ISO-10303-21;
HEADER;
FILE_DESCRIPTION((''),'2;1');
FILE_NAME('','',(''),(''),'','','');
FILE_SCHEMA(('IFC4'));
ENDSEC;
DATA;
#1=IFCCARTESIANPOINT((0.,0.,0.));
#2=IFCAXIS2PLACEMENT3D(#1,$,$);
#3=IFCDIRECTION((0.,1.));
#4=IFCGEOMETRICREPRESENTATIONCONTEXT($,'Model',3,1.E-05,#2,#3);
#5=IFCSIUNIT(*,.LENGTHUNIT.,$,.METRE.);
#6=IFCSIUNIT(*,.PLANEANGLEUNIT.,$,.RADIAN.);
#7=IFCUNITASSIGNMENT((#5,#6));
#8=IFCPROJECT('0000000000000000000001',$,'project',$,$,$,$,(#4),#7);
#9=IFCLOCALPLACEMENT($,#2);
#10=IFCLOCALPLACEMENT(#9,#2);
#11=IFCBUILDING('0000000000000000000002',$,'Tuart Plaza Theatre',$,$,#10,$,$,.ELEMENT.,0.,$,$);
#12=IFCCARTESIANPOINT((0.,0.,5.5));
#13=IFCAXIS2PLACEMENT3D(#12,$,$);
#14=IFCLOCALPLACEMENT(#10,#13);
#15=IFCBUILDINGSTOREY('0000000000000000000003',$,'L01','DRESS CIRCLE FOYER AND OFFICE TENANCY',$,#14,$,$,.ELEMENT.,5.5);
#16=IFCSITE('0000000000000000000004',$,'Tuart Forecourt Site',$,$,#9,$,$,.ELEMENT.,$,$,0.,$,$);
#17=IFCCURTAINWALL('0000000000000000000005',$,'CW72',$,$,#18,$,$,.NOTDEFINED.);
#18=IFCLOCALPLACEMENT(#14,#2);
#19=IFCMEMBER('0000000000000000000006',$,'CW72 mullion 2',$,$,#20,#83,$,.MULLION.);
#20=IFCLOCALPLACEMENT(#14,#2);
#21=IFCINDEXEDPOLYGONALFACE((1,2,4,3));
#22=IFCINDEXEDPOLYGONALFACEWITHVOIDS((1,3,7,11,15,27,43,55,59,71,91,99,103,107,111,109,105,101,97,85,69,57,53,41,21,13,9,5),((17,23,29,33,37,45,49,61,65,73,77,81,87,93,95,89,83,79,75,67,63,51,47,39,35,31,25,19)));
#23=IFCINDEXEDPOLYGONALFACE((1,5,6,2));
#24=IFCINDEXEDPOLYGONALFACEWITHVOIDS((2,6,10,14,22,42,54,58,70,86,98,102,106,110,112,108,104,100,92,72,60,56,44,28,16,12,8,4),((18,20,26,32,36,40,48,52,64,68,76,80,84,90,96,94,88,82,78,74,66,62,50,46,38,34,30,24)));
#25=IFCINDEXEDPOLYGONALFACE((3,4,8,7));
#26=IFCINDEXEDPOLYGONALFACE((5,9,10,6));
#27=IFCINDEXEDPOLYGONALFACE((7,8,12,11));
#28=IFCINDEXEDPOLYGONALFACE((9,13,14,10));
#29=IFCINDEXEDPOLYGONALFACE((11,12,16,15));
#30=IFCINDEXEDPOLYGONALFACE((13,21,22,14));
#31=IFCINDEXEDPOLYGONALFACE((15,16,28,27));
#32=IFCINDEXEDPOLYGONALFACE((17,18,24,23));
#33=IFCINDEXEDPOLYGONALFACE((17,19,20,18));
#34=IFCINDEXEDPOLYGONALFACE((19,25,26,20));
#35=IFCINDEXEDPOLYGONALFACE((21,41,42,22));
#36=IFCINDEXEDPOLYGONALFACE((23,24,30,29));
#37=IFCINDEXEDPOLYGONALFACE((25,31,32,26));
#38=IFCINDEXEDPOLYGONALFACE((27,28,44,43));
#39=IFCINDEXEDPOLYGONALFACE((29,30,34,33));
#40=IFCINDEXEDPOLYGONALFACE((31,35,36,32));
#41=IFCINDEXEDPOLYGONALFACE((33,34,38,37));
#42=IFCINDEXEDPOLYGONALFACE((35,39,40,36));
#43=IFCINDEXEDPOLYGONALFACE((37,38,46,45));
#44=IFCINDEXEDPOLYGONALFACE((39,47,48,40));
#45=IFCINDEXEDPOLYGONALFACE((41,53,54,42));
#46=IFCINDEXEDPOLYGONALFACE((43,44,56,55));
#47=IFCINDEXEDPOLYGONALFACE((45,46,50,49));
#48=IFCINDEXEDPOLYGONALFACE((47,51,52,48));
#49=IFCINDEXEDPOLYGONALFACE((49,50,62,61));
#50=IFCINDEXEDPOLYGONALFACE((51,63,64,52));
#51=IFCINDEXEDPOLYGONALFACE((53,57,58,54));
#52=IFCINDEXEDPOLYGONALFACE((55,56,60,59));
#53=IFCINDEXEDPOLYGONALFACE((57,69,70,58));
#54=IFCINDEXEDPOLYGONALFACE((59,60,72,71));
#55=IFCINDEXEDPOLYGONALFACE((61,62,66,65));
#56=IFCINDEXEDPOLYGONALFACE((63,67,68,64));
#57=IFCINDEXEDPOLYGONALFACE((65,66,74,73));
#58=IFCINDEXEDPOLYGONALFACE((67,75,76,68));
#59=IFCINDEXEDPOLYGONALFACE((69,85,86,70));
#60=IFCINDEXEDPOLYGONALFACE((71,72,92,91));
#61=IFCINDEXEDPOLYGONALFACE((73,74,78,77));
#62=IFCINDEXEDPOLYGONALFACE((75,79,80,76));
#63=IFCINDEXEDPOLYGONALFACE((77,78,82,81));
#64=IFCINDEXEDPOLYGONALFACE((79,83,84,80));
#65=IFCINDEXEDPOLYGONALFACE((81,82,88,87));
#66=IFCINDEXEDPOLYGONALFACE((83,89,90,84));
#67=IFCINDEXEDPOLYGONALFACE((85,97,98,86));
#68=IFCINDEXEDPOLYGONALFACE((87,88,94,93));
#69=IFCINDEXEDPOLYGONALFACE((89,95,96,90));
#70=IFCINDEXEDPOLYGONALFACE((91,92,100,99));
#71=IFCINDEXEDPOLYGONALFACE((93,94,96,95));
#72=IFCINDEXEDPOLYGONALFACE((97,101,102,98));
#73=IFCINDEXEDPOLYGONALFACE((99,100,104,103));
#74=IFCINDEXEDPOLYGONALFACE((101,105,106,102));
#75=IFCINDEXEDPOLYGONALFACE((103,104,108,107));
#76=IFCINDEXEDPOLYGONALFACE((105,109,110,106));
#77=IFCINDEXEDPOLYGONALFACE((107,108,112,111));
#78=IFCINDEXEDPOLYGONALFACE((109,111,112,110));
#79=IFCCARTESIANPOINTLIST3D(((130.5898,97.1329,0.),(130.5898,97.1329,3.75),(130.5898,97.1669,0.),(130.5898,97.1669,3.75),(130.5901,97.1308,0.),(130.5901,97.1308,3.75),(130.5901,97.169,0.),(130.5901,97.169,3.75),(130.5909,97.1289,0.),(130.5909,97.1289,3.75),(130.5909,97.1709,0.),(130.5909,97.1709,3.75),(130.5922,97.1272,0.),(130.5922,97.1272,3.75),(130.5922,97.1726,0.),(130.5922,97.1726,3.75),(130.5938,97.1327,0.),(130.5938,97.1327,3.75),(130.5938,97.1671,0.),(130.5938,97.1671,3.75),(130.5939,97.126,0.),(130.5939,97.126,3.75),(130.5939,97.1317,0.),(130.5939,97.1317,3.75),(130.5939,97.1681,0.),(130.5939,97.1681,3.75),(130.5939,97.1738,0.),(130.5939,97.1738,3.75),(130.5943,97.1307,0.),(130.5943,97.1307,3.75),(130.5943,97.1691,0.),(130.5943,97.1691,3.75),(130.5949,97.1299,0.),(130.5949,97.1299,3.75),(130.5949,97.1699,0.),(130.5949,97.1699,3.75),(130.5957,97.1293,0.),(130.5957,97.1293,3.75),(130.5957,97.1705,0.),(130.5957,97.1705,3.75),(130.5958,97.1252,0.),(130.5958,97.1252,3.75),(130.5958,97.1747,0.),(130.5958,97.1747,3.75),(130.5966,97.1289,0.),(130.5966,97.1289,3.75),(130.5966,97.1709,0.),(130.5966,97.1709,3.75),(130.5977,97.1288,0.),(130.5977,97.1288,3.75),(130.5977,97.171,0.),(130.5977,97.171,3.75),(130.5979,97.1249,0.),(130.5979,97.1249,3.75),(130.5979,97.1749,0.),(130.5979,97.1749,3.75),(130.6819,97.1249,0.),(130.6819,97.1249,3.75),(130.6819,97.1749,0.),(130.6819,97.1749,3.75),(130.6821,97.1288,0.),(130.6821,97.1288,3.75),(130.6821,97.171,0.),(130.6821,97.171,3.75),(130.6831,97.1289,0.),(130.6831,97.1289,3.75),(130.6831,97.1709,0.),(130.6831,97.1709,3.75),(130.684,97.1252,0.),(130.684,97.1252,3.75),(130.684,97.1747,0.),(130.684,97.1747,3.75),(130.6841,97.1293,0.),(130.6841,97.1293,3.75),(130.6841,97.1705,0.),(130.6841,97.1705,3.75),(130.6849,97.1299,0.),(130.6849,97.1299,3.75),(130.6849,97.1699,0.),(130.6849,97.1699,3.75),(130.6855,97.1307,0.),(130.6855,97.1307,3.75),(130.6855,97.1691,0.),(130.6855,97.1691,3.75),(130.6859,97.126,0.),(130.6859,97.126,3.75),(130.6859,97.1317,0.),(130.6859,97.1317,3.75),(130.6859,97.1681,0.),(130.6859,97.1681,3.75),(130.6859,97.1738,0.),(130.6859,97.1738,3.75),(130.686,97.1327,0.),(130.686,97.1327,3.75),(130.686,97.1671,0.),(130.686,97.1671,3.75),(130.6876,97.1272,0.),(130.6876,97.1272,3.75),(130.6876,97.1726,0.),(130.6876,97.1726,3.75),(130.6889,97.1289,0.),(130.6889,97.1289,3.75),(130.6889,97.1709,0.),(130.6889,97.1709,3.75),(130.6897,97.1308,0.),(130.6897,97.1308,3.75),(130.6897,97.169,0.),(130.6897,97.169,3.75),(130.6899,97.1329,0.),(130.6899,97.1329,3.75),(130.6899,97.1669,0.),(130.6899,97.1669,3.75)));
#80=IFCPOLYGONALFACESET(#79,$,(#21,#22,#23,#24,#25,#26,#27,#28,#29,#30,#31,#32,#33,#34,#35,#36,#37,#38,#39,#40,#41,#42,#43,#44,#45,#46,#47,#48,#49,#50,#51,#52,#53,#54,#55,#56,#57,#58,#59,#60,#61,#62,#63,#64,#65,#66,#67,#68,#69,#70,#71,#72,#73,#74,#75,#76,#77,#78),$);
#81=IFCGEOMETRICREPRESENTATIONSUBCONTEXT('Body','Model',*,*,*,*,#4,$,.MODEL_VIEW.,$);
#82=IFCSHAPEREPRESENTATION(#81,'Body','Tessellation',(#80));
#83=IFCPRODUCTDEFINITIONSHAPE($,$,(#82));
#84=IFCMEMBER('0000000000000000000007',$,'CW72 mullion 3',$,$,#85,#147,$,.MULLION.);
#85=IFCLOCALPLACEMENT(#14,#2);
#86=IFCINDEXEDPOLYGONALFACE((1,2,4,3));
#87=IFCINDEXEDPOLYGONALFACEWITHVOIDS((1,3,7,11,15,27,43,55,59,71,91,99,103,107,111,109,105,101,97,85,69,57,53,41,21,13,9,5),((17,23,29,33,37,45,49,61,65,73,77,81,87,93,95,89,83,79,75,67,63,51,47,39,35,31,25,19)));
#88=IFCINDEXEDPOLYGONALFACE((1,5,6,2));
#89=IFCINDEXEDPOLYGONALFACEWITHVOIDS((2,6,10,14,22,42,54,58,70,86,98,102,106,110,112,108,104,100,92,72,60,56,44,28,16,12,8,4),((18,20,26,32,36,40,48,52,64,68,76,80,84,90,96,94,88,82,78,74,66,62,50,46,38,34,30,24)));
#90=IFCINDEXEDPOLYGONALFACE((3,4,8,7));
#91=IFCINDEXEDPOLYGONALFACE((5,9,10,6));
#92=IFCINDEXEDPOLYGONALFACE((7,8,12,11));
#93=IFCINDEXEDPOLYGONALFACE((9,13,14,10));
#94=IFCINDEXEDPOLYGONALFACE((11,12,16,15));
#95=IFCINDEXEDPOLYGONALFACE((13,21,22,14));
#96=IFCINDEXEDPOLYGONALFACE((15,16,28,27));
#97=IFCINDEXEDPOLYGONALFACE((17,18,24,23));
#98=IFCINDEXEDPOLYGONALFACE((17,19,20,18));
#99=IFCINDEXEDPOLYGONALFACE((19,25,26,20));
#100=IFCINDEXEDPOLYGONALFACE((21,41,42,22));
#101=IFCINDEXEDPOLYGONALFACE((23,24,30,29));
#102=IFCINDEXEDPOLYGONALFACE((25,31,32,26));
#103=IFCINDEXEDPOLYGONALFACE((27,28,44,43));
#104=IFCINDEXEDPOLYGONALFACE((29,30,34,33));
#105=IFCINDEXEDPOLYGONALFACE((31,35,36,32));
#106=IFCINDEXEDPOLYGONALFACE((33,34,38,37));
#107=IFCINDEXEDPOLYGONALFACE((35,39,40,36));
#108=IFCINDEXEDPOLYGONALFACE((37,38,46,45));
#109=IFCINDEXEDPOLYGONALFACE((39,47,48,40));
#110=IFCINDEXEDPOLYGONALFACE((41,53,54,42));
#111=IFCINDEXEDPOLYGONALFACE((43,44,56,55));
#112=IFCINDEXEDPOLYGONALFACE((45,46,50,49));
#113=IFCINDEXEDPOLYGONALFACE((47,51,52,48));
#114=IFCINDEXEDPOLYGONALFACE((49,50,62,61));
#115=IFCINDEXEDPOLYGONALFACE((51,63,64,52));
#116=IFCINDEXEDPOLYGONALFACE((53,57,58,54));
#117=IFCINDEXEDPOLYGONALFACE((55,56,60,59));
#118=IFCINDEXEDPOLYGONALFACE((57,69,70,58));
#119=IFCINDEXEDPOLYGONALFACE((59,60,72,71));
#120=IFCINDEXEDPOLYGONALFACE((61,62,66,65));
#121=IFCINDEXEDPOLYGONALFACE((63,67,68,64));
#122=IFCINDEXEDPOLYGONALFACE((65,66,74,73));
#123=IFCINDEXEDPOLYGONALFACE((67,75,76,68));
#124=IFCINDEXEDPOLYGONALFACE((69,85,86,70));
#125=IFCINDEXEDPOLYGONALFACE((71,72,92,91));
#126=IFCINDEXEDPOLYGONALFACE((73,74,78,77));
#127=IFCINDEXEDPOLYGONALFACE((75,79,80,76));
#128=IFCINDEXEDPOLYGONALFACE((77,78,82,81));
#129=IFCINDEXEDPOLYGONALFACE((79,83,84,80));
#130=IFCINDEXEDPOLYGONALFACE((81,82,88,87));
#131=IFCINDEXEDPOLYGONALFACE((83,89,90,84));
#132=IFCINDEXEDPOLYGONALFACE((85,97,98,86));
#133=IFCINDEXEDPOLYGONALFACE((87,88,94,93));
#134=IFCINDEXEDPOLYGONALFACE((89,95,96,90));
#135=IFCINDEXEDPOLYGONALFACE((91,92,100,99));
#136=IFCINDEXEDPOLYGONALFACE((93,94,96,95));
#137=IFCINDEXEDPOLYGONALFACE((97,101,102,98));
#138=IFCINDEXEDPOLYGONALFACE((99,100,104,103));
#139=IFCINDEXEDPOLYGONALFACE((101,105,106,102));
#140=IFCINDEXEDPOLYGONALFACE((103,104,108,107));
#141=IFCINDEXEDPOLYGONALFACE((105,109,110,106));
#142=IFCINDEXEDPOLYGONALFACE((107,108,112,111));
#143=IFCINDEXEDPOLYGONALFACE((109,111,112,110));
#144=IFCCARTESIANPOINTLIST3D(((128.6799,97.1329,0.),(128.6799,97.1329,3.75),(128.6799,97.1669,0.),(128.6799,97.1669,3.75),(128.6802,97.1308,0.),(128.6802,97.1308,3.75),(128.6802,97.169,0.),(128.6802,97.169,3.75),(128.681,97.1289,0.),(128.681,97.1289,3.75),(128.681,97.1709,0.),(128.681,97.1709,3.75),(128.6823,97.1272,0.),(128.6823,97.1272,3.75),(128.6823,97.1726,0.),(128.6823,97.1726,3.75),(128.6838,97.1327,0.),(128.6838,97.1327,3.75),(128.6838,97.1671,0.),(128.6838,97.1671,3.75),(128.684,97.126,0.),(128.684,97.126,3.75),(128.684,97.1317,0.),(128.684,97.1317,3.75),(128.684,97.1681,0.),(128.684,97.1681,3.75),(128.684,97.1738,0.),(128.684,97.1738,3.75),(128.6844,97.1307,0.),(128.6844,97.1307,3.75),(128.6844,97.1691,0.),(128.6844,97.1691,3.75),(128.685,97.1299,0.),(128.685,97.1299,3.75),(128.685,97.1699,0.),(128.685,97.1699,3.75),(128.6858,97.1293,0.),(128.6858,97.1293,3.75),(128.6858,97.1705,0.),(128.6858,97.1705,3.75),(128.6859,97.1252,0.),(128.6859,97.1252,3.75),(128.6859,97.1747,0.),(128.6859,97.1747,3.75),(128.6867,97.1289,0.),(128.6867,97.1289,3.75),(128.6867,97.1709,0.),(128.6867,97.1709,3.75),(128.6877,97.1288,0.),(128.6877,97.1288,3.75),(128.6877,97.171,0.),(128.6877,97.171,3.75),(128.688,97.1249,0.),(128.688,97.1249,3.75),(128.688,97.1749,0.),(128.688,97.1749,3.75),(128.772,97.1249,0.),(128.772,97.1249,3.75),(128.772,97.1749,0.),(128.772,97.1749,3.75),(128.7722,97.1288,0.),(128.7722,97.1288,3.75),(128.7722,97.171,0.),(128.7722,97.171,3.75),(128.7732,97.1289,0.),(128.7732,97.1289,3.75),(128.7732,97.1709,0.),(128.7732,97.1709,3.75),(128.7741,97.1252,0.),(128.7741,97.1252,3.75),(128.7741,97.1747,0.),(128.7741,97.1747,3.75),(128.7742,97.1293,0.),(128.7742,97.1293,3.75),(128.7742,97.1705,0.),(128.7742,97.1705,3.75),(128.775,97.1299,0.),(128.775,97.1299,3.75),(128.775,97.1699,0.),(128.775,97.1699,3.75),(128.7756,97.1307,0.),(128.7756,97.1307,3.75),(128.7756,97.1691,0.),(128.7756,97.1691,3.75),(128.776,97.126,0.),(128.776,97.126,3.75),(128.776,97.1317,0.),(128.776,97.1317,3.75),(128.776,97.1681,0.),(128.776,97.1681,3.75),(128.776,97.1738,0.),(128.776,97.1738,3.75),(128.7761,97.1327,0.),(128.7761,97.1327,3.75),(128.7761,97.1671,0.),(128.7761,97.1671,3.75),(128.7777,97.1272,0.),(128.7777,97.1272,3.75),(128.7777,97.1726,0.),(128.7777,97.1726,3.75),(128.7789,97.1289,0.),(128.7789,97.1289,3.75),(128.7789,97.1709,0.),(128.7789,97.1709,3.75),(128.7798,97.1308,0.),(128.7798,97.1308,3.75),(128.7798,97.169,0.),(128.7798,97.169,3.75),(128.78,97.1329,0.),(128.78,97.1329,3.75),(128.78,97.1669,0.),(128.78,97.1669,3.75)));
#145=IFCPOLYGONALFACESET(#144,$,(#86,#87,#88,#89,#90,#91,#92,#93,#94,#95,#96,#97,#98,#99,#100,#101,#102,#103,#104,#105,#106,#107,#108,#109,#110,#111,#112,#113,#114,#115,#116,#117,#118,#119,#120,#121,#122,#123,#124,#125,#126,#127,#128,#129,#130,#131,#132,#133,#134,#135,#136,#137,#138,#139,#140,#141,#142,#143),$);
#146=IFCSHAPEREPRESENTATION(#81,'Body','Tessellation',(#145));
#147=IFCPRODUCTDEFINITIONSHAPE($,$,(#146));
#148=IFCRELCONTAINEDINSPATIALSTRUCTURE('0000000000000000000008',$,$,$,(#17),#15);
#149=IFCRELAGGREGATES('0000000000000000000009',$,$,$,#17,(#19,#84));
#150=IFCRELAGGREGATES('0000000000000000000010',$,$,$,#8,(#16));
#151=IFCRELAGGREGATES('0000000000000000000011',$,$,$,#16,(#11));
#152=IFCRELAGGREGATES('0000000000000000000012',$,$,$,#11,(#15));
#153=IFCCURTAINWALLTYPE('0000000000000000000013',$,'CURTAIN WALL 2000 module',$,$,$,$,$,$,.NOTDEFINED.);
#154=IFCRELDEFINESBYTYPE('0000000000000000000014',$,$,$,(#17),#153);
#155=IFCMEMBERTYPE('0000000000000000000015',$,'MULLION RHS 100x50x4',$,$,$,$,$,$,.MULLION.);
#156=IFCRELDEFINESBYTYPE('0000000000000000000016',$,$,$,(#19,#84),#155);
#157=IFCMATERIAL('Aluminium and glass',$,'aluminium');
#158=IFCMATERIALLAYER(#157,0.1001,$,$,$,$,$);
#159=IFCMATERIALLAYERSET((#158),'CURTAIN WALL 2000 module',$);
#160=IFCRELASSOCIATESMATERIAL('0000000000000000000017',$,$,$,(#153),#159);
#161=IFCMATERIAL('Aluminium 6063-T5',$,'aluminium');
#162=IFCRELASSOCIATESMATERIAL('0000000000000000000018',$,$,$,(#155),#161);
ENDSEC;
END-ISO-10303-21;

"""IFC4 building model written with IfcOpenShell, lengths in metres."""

from ifc_helpers import new_model, si_unit, direction, frame, origin, origin_2d, place, context, subcontext, project, spatial, hollow_rectangle, extrude, material, layer, layer_set, material_profile, profile_set, type_object, element, aggregate, save


model = new_model("IFC4")

# Units and contexts
model_context = context("Model", 3, precision=1e-05, world=origin(), true_north=direction((0.0, 1.0)))
body_context = subcontext(model_context, "Body", "Model", "MODEL_VIEW")
ifc_project = project(units=[si_unit("LENGTHUNIT", "METRE"), si_unit("PLANEANGLEUNIT", "RADIAN")], contexts=[model_context])

# Site, building, storey
site_placement = place(None, origin())
site = spatial("IfcSite", under=ifc_project, at=site_placement, Name="Tuart Forecourt Site", CompositionType="ELEMENT", RefElevation=0.0)
building_placement = place(site_placement, origin())
building = spatial("IfcBuilding", under=site, at=building_placement, Name="Tuart Plaza Theatre", CompositionType="ELEMENT", ElevationOfRefHeight=0.0)
storey_placement = place(building_placement, frame((0.0, 0.0, 5.5)))
storey = spatial("IfcBuildingStorey", under=building, at=storey_placement, Name="L01", Description="DRESS CIRCLE FOYER AND OFFICE TENANCY", CompositionType="ELEMENT", Elevation=5.5)

# Curtain wall, members
ifc_material_1 = material(Name="Aluminium and glass", Category="aluminium")
ifc_layer_1 = layer(ifc_material_1, 0.1001)
ifc_layer_set_1 = layer_set([ifc_layer_1], Name="CURTAIN WALL 2000 module")
curtain_wall_type = type_object("IfcCurtainWallType", Name="CURTAIN WALL 2000 module", PredefinedType="NOTDEFINED", material=ifc_layer_set_1)
curtain_wall_placement = place(storey_placement, origin())
curtain_wall = element("IfcCurtainWall", 1, at=curtain_wall_placement, inside=storey, type_object=curtain_wall_type, Name="CW72", PredefinedType="NOTDEFINED")
ifc_material_2 = material(Name="Aluminium 6063-T5", Category="aluminium")
ifc_material_profile_1 = material_profile(ifc_material_2, hollow_rectangle(XDim=0.05, YDim=0.1001, WallThickness=0.0039, InnerFilletRadius=0.0039, OuterFilletRadius=0.0081, at=origin_2d()), Name="RHS 100x50x4")
ifc_profile_set_1 = profile_set([ifc_material_profile_1], Name="Aluminium 6063-T5")
member_type_1 = type_object("IfcMemberType", Name="MULLION RHS 100x50x4", PredefinedType="MULLION", material=ifc_profile_set_1)
member_1_placement = place(storey_placement, frame((130.6399, 97.1499, 0.0), z_axis=(0.0, 0.0, 1.0), x_axis=(0.0, -1.0, 0.0)))
member_1 = element("IfcMember", 2, at=member_1_placement, type_object=member_type_1, Name="CW72 mullion 2", PredefinedType="MULLION", context=body_context, shape_type="SweptSolid", body=[
    extrude(hollow_rectangle(XDim=0.05, YDim=0.1001, WallThickness=0.0039, InnerFilletRadius=0.0039, OuterFilletRadius=0.0081, at=origin_2d()), origin(), (0.0, 0.0, 1.0), 3.75),
])
member_2_placement = place(storey_placement, frame((128.73, 97.1499, 0.0), z_axis=(0.0, 0.0, 1.0), x_axis=(0.0, -1.0, 0.0)))
member_2 = element("IfcMember", 3, at=member_2_placement, type_object=member_type_1, Name="CW72 mullion 3", PredefinedType="MULLION", context=body_context, shape_type="SweptSolid", body=[
    extrude(hollow_rectangle(XDim=0.05, YDim=0.1001, WallThickness=0.0039, InnerFilletRadius=0.0039, OuterFilletRadius=0.0081, at=origin_2d()), origin(), (0.0, 0.0, 1.0), 3.75),
])
aggregate(curtain_wall, [member_1, member_2])

save(model, "model.ifc")
